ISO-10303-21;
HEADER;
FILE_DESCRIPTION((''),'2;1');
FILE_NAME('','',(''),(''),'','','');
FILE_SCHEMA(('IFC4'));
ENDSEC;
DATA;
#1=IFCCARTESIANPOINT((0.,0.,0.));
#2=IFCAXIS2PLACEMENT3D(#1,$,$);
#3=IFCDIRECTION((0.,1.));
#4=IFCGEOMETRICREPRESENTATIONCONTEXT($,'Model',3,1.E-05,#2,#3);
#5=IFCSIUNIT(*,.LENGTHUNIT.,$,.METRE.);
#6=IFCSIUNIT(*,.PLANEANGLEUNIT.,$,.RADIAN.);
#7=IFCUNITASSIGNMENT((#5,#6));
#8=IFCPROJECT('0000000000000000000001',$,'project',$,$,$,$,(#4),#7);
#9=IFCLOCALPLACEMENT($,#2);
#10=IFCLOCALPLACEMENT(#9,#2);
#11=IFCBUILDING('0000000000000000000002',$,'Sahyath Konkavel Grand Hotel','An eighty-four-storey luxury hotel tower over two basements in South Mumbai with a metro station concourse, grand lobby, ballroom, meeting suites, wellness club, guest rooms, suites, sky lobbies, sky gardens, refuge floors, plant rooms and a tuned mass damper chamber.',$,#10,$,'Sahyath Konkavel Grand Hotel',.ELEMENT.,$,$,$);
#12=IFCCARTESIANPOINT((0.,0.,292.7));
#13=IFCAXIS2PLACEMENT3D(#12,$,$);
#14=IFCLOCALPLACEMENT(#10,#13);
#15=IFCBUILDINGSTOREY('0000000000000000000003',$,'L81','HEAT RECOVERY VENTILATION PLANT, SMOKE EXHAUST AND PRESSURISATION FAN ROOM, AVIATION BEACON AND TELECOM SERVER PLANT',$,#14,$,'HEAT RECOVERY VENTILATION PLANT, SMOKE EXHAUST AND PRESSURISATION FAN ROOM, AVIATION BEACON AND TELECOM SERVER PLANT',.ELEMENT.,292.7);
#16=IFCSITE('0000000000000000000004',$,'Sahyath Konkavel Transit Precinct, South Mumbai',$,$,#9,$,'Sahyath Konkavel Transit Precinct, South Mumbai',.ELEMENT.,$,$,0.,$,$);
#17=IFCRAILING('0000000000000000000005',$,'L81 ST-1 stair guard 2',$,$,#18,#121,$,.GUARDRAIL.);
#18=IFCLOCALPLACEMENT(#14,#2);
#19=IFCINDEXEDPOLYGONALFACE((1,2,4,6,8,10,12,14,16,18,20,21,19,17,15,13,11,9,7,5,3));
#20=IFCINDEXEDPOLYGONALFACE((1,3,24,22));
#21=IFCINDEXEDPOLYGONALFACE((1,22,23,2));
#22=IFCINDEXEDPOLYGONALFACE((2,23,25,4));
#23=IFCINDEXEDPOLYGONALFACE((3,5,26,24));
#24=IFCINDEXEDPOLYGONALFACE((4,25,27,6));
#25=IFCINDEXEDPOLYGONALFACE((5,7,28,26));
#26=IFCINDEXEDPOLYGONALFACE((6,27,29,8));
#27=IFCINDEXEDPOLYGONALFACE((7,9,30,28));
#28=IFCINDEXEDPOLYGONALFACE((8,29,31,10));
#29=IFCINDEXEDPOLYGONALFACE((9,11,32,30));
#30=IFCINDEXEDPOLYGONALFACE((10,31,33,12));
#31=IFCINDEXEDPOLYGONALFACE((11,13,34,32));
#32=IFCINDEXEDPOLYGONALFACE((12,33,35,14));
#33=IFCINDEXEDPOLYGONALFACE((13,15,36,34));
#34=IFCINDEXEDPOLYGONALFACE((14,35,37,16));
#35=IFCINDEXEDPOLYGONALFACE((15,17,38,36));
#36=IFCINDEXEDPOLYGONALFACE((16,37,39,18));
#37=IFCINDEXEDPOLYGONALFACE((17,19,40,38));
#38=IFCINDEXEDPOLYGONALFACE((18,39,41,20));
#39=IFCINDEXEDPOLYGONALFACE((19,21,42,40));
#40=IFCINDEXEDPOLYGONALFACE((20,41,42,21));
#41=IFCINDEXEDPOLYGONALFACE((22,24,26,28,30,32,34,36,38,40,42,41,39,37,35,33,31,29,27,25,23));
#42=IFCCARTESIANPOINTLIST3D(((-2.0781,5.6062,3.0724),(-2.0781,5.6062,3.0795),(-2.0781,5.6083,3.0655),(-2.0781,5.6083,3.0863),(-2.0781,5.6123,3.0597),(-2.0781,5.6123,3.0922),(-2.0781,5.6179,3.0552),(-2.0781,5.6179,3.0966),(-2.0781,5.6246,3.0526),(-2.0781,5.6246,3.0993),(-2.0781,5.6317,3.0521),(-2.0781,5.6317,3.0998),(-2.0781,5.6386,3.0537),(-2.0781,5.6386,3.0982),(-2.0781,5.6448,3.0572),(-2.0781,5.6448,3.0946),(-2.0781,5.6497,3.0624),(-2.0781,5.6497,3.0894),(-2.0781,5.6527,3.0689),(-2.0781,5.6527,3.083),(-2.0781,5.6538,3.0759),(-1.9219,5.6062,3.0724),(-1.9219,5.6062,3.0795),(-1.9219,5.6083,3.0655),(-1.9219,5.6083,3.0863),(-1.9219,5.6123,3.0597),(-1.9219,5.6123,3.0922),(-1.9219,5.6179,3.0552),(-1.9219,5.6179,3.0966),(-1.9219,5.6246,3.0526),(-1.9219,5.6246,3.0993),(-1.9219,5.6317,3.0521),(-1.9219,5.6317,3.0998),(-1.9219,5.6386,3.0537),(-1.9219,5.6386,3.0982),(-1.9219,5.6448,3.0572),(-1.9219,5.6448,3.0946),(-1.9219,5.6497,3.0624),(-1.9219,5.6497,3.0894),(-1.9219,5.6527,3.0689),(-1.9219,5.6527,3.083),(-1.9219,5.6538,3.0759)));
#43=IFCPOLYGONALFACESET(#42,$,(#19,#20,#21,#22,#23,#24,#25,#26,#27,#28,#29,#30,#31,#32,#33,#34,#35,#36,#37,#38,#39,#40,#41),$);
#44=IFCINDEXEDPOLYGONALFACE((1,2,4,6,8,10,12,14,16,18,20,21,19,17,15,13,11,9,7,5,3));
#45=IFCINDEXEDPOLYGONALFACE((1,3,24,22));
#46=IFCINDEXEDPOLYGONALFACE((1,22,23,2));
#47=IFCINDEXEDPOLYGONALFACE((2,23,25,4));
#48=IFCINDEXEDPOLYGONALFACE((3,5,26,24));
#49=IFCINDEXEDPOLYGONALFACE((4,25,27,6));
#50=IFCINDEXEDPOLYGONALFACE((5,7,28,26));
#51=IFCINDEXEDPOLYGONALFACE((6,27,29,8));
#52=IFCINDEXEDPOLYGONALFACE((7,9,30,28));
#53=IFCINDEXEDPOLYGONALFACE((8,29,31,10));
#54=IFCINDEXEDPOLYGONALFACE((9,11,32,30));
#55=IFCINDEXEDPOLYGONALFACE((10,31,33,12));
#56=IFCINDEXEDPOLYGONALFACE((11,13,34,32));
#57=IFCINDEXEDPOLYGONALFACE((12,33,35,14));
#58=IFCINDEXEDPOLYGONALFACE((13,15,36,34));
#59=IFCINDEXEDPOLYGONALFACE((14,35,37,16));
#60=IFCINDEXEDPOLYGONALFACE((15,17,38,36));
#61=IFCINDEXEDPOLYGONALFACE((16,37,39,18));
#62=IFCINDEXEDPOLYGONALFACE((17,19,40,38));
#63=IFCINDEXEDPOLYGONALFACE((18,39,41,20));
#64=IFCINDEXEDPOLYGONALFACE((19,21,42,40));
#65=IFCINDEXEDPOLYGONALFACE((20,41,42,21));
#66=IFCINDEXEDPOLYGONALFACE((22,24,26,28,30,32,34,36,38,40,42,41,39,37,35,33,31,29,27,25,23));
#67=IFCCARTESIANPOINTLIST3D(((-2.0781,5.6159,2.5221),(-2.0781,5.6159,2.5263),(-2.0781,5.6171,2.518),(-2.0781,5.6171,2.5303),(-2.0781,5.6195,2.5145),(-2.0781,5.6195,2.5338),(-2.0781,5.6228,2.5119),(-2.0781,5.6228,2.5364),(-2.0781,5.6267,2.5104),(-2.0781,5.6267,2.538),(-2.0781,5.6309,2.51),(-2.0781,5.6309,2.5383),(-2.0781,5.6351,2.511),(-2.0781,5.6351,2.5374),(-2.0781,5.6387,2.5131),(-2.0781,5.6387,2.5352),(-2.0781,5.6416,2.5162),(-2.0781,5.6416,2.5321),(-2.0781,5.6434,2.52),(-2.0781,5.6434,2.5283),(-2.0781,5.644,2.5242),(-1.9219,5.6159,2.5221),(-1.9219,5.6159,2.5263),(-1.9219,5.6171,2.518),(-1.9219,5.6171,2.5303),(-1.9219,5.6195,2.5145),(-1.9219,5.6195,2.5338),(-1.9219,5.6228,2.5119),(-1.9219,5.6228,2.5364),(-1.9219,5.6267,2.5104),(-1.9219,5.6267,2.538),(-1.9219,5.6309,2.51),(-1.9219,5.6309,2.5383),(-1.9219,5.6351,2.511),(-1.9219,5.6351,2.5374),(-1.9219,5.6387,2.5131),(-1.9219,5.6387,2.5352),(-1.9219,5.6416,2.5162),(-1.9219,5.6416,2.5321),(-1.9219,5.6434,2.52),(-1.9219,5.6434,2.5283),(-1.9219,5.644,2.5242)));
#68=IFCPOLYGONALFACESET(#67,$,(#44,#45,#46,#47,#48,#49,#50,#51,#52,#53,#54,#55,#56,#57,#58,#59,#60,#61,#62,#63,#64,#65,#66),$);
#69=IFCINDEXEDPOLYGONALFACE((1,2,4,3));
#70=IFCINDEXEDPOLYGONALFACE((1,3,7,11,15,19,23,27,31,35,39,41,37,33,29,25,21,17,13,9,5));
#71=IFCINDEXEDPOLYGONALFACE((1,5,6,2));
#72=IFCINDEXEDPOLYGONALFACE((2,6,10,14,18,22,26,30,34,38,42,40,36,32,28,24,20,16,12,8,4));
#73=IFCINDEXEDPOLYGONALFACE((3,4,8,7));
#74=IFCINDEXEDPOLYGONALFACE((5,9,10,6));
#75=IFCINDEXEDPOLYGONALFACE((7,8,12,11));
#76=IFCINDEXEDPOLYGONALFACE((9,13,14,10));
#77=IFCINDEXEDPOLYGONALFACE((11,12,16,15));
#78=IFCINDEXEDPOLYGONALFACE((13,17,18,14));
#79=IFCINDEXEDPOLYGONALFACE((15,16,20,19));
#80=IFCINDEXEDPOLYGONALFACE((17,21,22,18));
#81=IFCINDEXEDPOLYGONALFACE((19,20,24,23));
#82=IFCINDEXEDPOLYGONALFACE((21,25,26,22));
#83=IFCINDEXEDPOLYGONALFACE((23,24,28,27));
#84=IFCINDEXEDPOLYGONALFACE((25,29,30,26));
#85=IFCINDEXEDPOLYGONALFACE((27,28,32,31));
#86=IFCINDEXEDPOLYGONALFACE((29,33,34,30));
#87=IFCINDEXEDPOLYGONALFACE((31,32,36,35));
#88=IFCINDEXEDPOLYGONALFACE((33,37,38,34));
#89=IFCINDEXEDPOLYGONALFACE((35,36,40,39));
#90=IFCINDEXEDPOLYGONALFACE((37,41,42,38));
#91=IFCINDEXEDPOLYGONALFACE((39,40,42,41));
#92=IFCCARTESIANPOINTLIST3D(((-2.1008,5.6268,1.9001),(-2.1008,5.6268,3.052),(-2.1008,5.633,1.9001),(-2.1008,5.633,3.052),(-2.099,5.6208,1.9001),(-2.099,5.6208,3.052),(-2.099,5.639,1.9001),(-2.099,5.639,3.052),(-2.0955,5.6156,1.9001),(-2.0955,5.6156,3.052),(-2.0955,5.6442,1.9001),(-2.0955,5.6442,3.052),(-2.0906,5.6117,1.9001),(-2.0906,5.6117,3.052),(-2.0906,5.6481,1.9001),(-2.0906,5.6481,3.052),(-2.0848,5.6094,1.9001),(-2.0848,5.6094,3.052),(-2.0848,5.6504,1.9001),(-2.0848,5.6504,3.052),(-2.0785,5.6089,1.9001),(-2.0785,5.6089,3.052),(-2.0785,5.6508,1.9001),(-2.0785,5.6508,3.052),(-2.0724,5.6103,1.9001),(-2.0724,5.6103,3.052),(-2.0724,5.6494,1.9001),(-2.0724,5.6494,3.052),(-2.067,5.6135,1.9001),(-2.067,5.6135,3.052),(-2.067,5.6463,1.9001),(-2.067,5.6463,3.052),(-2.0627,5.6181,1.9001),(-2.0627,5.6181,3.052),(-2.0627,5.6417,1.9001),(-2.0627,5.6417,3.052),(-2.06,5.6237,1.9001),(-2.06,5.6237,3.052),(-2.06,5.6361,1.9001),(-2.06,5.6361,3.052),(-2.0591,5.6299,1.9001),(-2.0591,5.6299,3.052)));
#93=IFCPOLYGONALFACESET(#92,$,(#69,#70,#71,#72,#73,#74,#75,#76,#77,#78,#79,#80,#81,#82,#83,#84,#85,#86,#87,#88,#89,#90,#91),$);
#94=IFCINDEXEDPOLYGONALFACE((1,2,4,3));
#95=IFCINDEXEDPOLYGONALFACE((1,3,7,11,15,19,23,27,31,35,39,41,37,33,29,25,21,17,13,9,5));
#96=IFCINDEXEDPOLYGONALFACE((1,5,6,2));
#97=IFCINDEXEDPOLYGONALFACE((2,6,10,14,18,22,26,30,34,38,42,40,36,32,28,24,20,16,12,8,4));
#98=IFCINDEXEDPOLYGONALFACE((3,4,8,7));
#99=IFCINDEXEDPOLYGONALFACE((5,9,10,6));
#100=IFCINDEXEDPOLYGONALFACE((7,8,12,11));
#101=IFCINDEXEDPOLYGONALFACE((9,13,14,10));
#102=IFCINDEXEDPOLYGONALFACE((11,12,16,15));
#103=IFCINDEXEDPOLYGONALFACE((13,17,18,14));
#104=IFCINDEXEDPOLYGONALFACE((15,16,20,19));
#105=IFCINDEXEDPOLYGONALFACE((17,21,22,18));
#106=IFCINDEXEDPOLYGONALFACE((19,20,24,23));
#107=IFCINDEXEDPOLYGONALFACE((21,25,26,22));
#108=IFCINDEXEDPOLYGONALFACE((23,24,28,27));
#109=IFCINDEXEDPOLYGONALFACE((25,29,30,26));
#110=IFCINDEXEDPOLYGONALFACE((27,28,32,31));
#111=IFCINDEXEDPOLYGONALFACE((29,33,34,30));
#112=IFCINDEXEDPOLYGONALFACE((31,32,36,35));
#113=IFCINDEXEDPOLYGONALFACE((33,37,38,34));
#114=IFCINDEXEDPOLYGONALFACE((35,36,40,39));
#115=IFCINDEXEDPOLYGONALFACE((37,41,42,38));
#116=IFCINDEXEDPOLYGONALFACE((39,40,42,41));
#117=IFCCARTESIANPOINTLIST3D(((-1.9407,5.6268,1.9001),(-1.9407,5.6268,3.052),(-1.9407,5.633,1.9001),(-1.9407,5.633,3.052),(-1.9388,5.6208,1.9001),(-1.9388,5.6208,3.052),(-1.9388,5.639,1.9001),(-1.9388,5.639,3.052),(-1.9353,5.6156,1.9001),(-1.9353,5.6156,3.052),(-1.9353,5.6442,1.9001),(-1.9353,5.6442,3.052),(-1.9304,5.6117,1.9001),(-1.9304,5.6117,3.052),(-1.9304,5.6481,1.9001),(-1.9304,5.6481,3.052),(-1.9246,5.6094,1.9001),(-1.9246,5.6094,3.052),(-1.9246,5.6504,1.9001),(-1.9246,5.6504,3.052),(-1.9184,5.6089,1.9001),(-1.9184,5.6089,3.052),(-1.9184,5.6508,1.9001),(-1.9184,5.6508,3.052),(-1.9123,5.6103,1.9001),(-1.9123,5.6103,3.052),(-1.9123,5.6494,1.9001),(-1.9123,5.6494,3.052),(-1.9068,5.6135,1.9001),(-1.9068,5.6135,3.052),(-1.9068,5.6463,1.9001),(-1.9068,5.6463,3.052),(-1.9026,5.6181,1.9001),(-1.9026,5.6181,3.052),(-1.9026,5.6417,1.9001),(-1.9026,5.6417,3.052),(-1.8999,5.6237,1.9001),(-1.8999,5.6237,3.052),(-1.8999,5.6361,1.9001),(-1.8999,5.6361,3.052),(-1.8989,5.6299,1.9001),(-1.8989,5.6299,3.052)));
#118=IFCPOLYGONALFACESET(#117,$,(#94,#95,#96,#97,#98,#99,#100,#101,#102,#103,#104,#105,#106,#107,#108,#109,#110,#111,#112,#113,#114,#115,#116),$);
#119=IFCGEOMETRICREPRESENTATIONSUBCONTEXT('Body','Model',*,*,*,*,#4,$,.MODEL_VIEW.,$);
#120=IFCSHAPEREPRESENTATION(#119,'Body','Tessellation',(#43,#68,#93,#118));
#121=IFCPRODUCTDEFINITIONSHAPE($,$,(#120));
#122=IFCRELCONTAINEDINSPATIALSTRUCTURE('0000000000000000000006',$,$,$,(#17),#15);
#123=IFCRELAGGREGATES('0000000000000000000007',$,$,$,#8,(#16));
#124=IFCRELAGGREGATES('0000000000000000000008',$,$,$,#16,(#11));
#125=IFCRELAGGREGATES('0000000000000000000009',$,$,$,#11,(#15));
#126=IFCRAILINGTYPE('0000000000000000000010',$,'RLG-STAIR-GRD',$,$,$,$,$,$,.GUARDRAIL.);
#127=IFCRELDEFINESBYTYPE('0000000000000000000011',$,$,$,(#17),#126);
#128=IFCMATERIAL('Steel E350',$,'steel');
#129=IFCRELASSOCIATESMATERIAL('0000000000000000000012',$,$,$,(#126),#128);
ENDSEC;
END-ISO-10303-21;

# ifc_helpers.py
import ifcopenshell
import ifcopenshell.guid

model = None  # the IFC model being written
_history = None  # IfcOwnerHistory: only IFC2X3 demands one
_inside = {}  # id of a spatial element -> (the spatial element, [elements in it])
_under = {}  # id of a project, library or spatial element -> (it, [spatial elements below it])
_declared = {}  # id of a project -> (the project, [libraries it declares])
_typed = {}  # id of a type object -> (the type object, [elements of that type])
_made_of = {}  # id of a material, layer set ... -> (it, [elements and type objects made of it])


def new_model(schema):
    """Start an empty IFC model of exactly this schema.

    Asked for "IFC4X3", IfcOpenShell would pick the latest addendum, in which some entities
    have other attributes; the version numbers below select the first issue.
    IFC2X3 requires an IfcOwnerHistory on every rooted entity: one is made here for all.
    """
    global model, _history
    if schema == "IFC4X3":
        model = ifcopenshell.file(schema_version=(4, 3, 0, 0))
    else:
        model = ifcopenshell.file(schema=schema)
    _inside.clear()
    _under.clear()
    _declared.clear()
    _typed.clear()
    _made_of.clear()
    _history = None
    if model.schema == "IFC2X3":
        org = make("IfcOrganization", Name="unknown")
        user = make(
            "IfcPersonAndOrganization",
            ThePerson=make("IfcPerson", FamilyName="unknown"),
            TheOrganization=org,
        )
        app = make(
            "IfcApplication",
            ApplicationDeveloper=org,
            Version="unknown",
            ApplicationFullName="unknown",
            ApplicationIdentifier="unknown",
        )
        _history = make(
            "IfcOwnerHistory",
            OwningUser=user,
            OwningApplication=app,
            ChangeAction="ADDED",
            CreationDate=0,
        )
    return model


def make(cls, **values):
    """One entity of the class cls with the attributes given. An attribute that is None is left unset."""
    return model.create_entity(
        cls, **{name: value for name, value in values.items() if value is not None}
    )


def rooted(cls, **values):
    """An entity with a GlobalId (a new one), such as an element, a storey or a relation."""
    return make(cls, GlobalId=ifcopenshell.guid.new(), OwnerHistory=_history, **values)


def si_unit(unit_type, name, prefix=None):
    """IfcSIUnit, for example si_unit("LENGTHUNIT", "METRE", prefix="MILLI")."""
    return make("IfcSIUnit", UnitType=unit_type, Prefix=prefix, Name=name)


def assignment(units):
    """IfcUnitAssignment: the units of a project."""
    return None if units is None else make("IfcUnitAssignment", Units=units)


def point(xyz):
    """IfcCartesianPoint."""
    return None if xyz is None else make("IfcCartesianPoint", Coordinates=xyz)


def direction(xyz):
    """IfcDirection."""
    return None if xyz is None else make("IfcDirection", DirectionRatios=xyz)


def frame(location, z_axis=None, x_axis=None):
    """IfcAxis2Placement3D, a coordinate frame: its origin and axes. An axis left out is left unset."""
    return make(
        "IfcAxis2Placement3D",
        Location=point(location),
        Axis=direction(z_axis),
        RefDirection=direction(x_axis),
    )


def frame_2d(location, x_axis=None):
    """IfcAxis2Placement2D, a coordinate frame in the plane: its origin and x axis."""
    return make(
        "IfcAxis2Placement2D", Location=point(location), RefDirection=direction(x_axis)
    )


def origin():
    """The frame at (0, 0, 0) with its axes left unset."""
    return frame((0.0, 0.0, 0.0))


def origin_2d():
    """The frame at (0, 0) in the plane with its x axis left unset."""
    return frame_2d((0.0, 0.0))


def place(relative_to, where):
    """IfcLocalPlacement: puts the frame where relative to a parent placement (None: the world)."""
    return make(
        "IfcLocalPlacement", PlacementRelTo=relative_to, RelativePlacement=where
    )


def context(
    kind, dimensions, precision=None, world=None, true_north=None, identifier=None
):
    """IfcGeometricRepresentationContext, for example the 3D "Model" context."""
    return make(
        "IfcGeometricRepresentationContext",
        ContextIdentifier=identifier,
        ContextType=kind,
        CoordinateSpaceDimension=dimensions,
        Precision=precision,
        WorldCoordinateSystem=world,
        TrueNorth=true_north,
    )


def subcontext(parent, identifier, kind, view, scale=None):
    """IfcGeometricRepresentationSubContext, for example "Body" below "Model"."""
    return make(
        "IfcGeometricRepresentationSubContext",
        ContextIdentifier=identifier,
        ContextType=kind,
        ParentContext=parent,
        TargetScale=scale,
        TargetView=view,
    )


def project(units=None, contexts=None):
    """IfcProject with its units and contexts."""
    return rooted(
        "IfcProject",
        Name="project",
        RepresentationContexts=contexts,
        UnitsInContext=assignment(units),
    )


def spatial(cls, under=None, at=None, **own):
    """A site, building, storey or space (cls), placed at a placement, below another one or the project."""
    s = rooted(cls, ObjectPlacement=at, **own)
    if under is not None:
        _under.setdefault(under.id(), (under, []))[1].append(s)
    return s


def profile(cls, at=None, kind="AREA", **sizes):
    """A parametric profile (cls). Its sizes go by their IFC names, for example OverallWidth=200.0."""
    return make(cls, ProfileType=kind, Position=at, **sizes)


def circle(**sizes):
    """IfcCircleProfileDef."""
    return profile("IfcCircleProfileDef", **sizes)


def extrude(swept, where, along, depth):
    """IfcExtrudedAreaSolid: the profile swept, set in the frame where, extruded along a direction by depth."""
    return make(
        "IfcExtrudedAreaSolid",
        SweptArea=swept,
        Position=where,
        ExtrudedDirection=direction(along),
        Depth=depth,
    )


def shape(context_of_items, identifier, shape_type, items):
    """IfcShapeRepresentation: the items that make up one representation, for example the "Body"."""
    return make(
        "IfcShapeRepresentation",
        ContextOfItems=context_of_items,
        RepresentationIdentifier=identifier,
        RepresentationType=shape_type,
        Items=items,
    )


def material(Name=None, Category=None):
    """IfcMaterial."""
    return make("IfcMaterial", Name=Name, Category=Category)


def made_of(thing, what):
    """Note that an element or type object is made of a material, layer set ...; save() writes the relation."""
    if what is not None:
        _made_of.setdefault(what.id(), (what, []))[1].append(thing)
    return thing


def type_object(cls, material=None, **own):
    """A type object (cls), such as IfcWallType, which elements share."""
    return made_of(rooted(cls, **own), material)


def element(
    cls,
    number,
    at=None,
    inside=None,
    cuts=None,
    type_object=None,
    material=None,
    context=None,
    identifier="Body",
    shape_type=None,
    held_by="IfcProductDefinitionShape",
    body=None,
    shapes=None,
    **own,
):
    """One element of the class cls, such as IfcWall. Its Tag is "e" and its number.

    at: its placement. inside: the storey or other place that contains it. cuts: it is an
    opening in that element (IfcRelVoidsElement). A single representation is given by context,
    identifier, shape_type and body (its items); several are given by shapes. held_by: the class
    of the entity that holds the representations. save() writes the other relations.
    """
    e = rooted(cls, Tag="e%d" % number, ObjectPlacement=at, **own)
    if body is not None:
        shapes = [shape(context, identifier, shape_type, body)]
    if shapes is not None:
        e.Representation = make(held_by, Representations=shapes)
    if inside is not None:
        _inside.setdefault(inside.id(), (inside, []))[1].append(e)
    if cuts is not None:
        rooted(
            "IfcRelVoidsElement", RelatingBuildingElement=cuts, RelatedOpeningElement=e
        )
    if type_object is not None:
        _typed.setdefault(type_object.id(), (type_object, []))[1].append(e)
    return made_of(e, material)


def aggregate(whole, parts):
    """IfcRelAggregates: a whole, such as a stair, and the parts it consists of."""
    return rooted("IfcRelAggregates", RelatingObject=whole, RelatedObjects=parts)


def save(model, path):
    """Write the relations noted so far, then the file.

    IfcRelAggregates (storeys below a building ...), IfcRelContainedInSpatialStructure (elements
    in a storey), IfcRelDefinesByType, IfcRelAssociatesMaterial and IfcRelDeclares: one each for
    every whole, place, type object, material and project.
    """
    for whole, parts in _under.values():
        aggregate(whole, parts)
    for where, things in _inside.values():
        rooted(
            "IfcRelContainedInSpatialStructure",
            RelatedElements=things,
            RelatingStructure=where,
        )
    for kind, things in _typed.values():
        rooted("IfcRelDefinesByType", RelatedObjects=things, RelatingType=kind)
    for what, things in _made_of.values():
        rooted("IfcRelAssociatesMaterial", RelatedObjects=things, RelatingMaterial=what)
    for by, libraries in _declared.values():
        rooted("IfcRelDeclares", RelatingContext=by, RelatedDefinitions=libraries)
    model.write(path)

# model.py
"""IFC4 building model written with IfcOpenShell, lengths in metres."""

from ifc_helpers import new_model, si_unit, direction, frame, origin, origin_2d, place, context, subcontext, project, spatial, circle, extrude, material, type_object, element, save


model = new_model("IFC4")

# Units and contexts
model_context = context("Model", 3, precision=1e-05, world=origin(), true_north=direction((0.0, 1.0)))
body_context = subcontext(model_context, "Body", "Model", "MODEL_VIEW")
ifc_project = project(units=[si_unit("LENGTHUNIT", "METRE"), si_unit("PLANEANGLEUNIT", "RADIAN")], contexts=[model_context])

# Site, building, storey
site_placement = place(None, origin())
site = spatial("IfcSite", under=ifc_project, at=site_placement, Name="Sahyath Konkavel Transit Precinct, South Mumbai", LongName="Sahyath Konkavel Transit Precinct, South Mumbai", CompositionType="ELEMENT", RefElevation=0.0)
building_placement = place(site_placement, origin())
building = spatial("IfcBuilding", under=site, at=building_placement, Name="Sahyath Konkavel Grand Hotel", Description="An eighty-four-storey luxury hotel tower over two basements in South Mumbai with a metro station concourse, grand lobby, ballroom, meeting suites, wellness club, guest rooms, suites, sky lobbies, sky gardens, refuge floors, plant rooms and a tuned mass damper chamber.", LongName="Sahyath Konkavel Grand Hotel", CompositionType="ELEMENT")
storey_placement = place(building_placement, frame((0.0, 0.0, 292.7)))
storey = spatial("IfcBuildingStorey", under=building, at=storey_placement, Name="L81", Description="HEAT RECOVERY VENTILATION PLANT, SMOKE EXHAUST AND PRESSURISATION FAN ROOM, AVIATION BEACON AND TELECOM SERVER PLANT", LongName="HEAT RECOVERY VENTILATION PLANT, SMOKE EXHAUST AND PRESSURISATION FAN ROOM, AVIATION BEACON AND TELECOM SERVER PLANT", CompositionType="ELEMENT", Elevation=292.7)

# Shared definitions
ifc_material_1 = material(Name="Steel E350", Category="steel")

# Railing
railing_type_1 = type_object("IfcRailingType", Name="RLG-STAIR-GRD", PredefinedType="GUARDRAIL", material=ifc_material_1)
railing_1_placement = place(storey_placement, frame((-2.0801, 5.6299, 1.9001)))
element("IfcRailing", 1, at=railing_1_placement, inside=storey, type_object=railing_type_1, Name="L81 ST-1 stair guard 2", PredefinedType="GUARDRAIL", context=body_context, shape_type="SweptSolid", body=[
    extrude(circle(Radius=0.0239, at=origin_2d()), frame((0.002, 0.0, 1.1758), z_axis=(1.0, 0.0, 0.0), x_axis=(0.0, 1.0, 0.0)), (0.0, 0.0, 1.0), 0.1562),
    extrude(circle(Radius=0.0142, at=origin_2d()), frame((0.002, 0.0, 0.624), z_axis=(1.0, 0.0, 0.0), x_axis=(0.0, 1.0, 0.0)), (0.0, 0.0, 1.0), 0.1562),
    extrude(circle(Radius=0.021, at=origin_2d()), origin(), (0.0, 0.0, 1.0), 1.1519),
    extrude(circle(Radius=0.021, at=origin_2d()), frame((0.1602, 0.0, 0.0)), (0.0, 0.0, 1.0), 1.1519),
])

save(model, "model.ifc")
